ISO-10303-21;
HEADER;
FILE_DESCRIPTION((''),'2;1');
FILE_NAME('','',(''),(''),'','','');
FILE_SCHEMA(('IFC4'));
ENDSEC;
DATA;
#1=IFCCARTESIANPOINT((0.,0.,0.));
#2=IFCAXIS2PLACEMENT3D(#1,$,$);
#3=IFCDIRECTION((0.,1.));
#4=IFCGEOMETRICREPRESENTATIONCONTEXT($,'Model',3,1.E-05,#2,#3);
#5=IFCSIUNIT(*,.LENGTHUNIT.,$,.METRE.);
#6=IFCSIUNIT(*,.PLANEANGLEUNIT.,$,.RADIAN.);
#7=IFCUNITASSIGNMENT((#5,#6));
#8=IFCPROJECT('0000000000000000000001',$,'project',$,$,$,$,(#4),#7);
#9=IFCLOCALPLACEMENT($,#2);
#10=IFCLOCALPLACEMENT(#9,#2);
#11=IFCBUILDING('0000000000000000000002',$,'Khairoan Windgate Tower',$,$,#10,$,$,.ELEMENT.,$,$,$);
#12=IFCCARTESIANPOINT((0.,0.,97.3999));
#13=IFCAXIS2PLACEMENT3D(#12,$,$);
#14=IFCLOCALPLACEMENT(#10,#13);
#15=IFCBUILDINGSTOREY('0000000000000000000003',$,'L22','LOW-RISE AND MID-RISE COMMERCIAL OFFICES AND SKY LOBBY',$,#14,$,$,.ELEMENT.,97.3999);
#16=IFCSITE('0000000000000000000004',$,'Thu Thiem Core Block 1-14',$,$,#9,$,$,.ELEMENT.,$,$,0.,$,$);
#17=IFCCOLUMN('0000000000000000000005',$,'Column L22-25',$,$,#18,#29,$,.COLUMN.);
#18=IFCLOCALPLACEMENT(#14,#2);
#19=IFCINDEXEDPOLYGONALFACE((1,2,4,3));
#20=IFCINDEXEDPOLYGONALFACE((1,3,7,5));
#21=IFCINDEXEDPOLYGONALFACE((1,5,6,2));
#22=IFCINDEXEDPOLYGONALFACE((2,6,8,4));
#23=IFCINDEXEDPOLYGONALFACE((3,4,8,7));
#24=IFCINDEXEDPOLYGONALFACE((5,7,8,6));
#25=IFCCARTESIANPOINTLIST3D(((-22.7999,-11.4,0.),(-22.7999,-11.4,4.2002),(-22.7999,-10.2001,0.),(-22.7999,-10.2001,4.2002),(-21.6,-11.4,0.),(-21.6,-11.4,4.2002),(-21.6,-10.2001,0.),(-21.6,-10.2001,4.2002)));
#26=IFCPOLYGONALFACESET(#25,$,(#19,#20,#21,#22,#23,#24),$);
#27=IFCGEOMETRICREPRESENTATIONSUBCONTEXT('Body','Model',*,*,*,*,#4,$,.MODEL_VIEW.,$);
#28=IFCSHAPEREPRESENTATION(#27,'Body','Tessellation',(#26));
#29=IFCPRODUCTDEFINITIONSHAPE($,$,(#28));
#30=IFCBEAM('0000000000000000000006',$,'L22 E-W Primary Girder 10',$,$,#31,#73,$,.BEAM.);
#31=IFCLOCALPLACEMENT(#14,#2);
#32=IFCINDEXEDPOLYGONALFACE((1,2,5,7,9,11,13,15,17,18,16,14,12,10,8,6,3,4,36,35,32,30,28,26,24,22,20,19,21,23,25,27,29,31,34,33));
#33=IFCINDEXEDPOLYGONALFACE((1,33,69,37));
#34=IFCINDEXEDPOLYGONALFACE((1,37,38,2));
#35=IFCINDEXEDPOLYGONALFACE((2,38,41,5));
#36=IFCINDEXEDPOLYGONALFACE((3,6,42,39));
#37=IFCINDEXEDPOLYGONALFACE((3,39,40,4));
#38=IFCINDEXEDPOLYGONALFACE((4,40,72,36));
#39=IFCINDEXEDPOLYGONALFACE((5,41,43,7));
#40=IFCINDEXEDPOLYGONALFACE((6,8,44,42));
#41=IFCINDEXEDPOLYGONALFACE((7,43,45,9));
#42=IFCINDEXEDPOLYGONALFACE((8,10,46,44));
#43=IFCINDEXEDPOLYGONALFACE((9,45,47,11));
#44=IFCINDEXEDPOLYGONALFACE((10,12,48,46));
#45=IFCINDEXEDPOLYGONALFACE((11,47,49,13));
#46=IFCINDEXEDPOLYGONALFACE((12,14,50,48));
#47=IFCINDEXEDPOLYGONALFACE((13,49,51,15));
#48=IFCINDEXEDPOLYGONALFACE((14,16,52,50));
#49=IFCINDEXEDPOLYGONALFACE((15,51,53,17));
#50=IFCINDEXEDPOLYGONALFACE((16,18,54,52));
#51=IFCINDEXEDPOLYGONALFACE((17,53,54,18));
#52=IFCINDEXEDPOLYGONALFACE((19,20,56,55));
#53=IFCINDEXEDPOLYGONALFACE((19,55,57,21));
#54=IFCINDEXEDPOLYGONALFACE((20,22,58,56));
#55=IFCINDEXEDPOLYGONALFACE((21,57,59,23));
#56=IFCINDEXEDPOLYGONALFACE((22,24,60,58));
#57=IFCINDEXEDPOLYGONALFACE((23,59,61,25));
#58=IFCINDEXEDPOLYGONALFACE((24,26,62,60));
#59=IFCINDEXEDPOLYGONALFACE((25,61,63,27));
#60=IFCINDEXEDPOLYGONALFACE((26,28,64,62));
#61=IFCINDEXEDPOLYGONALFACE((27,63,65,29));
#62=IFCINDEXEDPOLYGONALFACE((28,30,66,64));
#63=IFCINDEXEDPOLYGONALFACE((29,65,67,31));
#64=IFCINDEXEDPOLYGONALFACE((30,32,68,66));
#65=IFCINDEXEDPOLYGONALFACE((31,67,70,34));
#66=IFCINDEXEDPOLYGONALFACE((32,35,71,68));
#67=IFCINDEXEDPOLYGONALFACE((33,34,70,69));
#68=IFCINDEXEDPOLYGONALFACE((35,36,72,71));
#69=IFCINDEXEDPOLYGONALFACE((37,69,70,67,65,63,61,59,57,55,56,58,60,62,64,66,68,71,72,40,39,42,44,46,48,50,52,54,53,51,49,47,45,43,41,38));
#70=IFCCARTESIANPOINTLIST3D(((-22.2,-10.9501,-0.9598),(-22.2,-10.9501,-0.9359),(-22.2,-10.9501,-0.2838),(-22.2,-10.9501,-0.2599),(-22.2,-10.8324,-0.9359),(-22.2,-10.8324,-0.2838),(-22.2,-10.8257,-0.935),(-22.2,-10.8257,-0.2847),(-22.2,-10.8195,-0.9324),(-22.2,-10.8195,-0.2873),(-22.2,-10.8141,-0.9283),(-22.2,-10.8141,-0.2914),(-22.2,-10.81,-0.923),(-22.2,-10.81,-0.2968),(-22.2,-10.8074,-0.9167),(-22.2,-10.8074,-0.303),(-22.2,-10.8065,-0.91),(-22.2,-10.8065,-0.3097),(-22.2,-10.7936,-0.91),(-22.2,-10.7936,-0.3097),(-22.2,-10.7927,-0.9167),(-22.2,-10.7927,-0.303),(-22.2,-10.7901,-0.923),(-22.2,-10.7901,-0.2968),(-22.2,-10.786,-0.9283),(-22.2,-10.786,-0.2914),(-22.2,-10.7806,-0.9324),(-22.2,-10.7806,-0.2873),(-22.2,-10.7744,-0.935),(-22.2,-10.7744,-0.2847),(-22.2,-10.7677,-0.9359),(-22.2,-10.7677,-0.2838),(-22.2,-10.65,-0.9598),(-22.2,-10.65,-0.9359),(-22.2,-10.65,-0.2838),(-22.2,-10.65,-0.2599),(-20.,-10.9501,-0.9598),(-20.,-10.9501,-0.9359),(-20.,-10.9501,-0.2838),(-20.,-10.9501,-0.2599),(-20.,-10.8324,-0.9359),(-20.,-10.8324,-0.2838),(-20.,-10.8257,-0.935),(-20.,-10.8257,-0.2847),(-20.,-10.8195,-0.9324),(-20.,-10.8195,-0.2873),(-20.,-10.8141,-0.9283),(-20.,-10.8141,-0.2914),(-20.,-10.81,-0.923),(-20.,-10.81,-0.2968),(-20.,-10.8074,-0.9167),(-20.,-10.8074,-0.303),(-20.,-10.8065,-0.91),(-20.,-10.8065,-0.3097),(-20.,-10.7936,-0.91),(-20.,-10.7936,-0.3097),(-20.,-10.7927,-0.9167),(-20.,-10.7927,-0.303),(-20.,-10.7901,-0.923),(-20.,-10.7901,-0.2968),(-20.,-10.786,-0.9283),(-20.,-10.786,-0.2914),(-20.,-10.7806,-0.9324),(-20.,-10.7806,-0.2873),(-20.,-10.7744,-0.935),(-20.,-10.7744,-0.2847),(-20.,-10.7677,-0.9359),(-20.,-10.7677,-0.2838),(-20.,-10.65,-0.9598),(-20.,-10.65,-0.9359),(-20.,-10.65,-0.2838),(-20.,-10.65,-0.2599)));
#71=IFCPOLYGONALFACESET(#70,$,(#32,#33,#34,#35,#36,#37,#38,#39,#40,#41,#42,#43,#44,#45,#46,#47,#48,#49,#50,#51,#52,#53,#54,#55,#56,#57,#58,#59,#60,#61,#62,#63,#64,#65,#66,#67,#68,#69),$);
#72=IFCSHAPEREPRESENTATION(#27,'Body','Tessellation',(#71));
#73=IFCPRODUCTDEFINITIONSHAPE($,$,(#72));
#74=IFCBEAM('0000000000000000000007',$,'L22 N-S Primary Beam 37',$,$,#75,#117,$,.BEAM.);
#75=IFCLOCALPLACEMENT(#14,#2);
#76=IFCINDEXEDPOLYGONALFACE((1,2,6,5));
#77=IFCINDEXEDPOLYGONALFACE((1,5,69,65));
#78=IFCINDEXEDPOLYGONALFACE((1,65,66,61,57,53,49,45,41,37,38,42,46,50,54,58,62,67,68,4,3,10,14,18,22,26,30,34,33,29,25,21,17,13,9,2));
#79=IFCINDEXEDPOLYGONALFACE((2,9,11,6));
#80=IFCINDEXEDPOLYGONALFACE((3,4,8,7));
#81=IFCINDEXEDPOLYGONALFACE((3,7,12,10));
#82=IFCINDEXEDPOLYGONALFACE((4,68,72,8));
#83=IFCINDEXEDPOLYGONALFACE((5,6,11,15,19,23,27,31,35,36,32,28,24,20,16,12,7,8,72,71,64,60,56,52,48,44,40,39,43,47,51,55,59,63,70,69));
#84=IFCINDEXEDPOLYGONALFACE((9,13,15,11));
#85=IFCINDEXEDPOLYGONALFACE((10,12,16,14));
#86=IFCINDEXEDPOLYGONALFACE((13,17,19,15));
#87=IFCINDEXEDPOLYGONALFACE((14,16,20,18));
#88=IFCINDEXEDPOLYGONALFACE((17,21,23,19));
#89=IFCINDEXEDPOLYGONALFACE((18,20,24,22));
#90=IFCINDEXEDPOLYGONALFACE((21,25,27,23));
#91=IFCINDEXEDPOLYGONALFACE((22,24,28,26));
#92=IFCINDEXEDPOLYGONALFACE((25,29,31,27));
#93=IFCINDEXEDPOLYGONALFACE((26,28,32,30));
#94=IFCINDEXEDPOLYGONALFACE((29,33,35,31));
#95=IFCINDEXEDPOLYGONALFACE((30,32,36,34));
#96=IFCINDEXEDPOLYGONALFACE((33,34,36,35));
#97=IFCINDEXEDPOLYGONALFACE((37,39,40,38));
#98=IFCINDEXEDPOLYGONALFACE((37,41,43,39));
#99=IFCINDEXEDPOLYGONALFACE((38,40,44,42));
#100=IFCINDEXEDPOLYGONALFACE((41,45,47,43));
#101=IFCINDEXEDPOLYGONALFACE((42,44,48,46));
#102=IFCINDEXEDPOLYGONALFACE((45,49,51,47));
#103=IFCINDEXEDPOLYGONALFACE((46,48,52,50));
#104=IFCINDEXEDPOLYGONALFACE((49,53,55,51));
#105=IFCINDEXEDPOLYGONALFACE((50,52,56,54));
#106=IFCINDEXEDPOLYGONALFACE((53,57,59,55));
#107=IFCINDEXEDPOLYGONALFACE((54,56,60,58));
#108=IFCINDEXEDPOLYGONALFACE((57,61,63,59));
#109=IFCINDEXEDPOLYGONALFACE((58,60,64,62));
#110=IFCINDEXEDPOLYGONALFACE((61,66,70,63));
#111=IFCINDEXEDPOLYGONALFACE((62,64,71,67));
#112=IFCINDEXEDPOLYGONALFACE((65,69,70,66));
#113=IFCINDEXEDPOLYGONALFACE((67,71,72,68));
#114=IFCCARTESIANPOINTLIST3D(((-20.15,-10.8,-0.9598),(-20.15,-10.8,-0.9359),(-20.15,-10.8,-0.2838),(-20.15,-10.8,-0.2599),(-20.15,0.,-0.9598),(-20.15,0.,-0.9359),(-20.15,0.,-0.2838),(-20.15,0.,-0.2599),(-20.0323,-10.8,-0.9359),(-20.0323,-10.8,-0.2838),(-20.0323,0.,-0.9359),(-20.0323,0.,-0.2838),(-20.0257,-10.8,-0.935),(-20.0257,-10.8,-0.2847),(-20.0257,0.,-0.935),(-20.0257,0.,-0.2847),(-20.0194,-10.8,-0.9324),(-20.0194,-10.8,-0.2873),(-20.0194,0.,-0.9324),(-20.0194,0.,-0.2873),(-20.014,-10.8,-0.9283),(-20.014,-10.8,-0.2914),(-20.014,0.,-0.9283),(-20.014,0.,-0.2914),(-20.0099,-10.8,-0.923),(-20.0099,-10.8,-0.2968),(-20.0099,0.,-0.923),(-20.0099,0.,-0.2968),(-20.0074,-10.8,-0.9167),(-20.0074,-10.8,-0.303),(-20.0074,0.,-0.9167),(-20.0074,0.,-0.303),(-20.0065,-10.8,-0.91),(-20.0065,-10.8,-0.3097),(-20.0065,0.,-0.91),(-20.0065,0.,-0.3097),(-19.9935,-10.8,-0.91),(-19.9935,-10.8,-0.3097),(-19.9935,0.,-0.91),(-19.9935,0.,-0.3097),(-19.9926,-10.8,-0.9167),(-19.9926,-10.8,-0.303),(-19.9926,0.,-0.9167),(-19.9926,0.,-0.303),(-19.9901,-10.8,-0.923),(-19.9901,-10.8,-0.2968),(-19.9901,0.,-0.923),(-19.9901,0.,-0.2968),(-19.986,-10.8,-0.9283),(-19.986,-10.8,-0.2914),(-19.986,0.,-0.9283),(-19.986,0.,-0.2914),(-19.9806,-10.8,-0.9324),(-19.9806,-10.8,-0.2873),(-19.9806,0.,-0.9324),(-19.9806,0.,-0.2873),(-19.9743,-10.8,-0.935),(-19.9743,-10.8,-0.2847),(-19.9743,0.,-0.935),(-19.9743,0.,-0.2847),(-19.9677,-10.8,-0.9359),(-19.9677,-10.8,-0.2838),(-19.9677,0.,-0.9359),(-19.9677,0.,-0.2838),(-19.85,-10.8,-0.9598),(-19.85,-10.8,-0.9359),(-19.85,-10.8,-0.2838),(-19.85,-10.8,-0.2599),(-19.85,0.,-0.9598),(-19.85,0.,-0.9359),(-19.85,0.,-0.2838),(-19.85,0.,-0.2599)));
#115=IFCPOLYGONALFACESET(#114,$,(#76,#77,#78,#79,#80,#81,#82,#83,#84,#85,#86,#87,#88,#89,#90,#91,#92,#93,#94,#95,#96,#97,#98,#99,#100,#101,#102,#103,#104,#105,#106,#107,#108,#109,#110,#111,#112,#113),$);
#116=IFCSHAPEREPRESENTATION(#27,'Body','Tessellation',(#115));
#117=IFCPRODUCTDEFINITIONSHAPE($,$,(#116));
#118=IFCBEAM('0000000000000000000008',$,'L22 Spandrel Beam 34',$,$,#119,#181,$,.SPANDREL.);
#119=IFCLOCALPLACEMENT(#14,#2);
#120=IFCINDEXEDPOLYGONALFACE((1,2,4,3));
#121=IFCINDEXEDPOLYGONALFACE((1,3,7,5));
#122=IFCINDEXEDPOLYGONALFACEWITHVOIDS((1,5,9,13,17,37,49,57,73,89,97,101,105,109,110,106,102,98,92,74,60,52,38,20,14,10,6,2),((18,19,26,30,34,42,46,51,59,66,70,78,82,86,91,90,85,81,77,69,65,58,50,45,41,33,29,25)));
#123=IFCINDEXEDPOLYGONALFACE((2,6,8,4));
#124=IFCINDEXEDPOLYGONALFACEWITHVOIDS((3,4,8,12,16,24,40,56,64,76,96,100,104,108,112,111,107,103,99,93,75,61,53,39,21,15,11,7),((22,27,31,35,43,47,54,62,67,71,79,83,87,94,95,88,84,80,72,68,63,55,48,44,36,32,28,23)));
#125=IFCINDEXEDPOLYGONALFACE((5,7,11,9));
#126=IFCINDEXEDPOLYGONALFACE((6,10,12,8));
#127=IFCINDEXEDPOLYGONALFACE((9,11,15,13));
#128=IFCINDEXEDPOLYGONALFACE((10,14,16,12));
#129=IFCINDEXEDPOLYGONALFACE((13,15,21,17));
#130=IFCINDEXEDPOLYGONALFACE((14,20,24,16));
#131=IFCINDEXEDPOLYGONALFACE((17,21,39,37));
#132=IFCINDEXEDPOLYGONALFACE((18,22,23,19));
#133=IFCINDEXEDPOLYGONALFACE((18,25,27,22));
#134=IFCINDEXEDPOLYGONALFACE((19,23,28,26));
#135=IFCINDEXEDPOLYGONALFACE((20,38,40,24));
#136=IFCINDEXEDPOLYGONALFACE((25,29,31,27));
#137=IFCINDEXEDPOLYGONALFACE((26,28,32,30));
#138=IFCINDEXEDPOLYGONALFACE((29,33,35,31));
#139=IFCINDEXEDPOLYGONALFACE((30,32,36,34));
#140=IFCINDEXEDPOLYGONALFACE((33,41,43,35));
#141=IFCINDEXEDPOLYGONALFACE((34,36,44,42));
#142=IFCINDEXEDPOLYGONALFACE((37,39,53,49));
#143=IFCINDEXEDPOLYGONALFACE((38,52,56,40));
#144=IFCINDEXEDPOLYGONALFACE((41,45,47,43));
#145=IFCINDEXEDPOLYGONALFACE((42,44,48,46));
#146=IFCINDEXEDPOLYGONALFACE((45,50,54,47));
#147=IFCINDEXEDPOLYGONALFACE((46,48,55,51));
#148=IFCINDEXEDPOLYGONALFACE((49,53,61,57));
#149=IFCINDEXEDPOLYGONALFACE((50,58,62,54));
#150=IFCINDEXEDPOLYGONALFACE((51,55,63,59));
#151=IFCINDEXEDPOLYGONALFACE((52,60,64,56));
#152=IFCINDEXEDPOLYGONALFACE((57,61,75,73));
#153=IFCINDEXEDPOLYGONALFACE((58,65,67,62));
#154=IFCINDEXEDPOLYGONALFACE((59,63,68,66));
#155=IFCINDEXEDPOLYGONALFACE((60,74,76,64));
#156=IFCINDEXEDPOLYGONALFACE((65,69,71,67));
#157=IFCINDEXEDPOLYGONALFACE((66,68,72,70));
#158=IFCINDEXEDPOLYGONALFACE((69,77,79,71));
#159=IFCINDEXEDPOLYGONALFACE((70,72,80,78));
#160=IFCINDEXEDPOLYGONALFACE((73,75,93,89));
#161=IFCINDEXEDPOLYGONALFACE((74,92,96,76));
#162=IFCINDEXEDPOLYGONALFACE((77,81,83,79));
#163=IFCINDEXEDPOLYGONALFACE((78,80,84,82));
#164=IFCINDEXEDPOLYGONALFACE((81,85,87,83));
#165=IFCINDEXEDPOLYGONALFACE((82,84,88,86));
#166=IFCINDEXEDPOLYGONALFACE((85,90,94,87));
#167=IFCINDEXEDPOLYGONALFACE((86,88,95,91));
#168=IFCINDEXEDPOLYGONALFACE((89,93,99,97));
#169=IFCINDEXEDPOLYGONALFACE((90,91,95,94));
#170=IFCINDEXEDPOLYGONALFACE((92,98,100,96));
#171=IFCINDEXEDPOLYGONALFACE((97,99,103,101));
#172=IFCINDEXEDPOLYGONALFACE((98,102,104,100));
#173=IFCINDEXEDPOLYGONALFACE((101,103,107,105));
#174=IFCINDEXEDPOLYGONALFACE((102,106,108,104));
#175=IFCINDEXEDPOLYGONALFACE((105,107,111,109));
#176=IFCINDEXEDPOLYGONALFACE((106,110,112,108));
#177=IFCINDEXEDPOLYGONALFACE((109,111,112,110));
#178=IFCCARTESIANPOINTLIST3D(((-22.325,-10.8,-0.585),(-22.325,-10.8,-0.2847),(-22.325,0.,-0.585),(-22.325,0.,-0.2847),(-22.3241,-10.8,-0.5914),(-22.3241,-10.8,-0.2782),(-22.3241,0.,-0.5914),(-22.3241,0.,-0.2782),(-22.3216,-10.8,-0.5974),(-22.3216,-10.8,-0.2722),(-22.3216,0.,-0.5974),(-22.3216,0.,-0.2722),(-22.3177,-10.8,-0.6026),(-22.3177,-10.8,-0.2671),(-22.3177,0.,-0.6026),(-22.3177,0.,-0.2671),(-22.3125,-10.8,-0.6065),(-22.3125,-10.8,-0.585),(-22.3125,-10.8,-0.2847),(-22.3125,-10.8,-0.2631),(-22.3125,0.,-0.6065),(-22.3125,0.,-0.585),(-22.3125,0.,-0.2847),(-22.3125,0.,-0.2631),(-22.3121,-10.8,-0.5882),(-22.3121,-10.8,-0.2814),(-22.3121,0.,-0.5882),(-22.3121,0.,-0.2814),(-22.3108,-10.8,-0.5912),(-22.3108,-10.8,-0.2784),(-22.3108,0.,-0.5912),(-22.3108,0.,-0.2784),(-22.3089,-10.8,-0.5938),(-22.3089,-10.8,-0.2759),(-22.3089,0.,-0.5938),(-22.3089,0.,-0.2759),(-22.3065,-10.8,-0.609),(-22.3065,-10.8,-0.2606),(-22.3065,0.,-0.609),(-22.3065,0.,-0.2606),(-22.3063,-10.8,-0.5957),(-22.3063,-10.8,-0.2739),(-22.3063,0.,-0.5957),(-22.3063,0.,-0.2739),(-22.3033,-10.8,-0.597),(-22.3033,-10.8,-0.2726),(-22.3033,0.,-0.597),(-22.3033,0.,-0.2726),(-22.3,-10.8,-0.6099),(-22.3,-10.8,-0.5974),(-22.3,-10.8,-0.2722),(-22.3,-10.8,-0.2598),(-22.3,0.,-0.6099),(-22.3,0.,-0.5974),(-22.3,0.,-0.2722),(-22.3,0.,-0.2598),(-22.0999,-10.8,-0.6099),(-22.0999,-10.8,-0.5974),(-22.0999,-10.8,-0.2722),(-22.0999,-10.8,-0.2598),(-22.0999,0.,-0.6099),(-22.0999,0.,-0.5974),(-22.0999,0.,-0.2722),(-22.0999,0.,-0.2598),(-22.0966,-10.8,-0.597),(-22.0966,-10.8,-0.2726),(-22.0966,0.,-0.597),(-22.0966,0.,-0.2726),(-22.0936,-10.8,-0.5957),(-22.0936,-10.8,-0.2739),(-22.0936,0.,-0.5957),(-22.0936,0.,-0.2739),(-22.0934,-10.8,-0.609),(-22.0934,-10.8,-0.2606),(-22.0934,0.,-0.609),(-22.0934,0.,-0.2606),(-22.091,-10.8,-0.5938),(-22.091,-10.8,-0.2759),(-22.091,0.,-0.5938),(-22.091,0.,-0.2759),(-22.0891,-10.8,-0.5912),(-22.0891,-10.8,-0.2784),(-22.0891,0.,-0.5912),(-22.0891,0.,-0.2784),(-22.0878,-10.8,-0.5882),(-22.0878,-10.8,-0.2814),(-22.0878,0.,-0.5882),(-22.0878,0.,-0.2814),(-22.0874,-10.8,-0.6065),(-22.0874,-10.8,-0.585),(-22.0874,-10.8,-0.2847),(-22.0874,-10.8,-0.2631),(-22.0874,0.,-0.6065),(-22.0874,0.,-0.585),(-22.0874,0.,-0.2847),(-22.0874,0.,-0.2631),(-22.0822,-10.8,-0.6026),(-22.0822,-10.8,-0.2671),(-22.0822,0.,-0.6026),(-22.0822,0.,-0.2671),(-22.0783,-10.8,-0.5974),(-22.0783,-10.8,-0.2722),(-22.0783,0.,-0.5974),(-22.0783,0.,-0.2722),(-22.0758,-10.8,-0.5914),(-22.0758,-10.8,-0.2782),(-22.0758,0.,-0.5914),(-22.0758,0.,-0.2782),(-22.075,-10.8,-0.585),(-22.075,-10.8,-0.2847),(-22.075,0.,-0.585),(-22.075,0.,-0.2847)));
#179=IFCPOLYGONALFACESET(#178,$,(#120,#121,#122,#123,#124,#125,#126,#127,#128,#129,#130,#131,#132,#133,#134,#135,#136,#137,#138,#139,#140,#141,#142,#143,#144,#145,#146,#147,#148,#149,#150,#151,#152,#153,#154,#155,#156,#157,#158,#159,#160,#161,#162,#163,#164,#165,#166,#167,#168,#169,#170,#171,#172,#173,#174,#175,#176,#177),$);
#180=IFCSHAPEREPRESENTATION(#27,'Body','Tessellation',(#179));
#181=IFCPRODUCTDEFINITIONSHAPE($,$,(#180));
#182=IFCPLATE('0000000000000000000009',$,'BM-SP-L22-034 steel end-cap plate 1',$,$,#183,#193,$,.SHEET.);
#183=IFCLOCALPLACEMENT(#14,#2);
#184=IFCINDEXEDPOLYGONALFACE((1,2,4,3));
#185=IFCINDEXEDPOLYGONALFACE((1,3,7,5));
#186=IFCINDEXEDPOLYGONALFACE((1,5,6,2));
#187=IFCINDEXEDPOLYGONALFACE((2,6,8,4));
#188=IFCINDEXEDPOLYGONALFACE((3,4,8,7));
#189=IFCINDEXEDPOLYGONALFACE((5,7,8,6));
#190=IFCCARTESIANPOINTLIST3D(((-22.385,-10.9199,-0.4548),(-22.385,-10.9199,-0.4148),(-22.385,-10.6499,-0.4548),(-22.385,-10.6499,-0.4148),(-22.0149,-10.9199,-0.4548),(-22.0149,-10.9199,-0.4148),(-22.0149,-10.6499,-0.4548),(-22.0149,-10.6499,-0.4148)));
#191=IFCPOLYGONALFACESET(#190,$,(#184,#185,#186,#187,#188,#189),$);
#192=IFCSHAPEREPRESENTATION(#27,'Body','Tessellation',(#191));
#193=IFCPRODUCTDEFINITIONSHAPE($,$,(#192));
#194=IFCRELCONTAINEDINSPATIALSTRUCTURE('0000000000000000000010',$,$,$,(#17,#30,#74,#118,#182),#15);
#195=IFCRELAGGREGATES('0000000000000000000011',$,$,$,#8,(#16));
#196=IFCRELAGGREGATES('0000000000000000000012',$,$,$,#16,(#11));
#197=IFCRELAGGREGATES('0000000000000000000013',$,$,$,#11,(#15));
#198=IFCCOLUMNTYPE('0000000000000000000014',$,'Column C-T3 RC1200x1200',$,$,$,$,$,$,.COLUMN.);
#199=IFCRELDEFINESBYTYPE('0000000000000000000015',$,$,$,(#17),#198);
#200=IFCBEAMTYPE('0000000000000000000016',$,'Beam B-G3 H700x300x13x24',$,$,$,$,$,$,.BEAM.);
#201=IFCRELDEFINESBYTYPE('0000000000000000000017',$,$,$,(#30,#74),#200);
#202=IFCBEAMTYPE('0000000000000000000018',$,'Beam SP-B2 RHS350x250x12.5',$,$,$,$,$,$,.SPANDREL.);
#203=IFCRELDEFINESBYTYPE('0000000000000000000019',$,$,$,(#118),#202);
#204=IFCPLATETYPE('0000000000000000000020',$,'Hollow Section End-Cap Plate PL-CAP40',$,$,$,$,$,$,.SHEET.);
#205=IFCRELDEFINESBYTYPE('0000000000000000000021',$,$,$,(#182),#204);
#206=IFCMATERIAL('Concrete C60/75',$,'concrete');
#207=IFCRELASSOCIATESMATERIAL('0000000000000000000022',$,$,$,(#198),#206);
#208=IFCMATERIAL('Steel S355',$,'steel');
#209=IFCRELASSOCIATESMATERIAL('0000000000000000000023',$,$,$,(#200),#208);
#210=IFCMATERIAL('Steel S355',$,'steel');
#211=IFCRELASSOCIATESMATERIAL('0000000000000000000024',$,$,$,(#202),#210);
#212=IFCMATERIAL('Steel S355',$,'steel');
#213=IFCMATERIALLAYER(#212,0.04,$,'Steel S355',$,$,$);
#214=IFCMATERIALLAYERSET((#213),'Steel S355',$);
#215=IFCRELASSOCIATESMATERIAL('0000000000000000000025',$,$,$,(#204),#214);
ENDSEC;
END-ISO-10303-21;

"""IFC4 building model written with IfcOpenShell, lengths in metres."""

from ifc_helpers import new_model, si_unit, direction, frame, origin, origin_2d, place, context, subcontext, project, spatial, rectangle, hollow_rectangle, i_section, extrude, material, layer, layer_set, material_profile, profile_set, type_object, element, save


model = new_model("IFC4")

# Units and contexts
model_context = context("Model", 3, precision=1e-05, world=origin(), true_north=direction((0.0, 1.0)))
body_context = subcontext(model_context, "Body", "Model", "MODEL_VIEW")
ifc_project = project(units=[si_unit("LENGTHUNIT", "METRE"), si_unit("PLANEANGLEUNIT", "RADIAN")], contexts=[model_context])

# Site, building, storey
site_placement = place(None, origin())
site = spatial("IfcSite", under=ifc_project, at=site_placement, Name="Thu Thiem Core Block 1-14", CompositionType="ELEMENT", RefElevation=0.0)
building_placement = place(site_placement, origin())
building = spatial("IfcBuilding", under=site, at=building_placement, Name="Khairoan Windgate Tower", CompositionType="ELEMENT")
storey_placement = place(building_placement, frame((0.0, 0.0, 97.3999)))
storey = spatial("IfcBuildingStorey", under=building, at=storey_placement, Name="L22", Description="LOW-RISE AND MID-RISE COMMERCIAL OFFICES AND SKY LOBBY", CompositionType="ELEMENT", Elevation=97.3999)

# Column
ifc_material_1 = material(Name="Concrete C60/75", Category="concrete")
ifc_material_profile_1 = material_profile(ifc_material_1, rectangle(XDim=1.2, YDim=1.2, at=origin_2d()))
ifc_profile_set_1 = profile_set([ifc_material_profile_1], Name="Concrete C60/75")
column_type = type_object("IfcColumnType", Name="Column C-T3 RC1200x1200", PredefinedType="COLUMN", material=ifc_profile_set_1)
column_placement = place(storey_placement, frame((-22.2, -10.8, 0.0), z_axis=(0.0, 0.0, 1.0), x_axis=(1.0, 0.0, 0.0)))
element("IfcColumn", 1, at=column_placement, inside=storey, type_object=column_type, Name="Column L22-25", PredefinedType="COLUMN", context=body_context, shape_type="SweptSolid", body=[
    extrude(rectangle(XDim=1.2, YDim=1.2, at=origin_2d()), origin(), (0.0, 0.0, 1.0), 4.2002),
])

# Beams
ifc_material_2 = material(Name="Steel S355", Category="steel")
ifc_material_profile_2 = material_profile(ifc_material_2, i_section(OverallWidth=0.3, OverallDepth=0.7, WebThickness=0.0129, FlangeThickness=0.0239, FilletRadius=0.0259, at=origin_2d()))
ifc_profile_set_2 = profile_set([ifc_material_profile_2], Name="Steel S355")
beam_type_1 = type_object("IfcBeamType", Name="Beam B-G3 H700x300x13x24", PredefinedType="BEAM", material=ifc_profile_set_2)
beam_1_placement = place(storey_placement, frame((-22.2, -10.8, -0.6099), z_axis=(1.0, 0.0, 0.0), x_axis=(0.0, 1.0, 0.0)))
element("IfcBeam", 2, at=beam_1_placement, inside=storey, type_object=beam_type_1, Name="L22 E-W Primary Girder 10", PredefinedType="BEAM", context=body_context, shape_type="SweptSolid", body=[
    extrude(i_section(OverallWidth=0.3, OverallDepth=0.7, WebThickness=0.0129, FlangeThickness=0.0239, FilletRadius=0.0259, at=origin_2d()), origin(), (0.0, 0.0, 1.0), 2.2),
])
beam_2_placement = place(storey_placement, frame((-20.0, -10.8, -0.6099), z_axis=(0.0, 1.0, 0.0), x_axis=(-1.0, 0.0, 0.0)))
element("IfcBeam", 3, at=beam_2_placement, inside=storey, type_object=beam_type_1, Name="L22 N-S Primary Beam 37", PredefinedType="BEAM", context=body_context, shape_type="SweptSolid", body=[
    extrude(i_section(OverallWidth=0.3, OverallDepth=0.7, WebThickness=0.0129, FlangeThickness=0.0239, FilletRadius=0.0259, at=origin_2d()), origin(), (0.0, 0.0, 1.0), 10.8),
])
ifc_material_3 = material(Name="Steel S355", Category="steel")
ifc_material_profile_3 = material_profile(ifc_material_3, hollow_rectangle(XDim=0.25, YDim=0.3501, WallThickness=0.0125, InnerFilletRadius=0.0125, OuterFilletRadius=0.0249, at=origin_2d()))
ifc_profile_set_3 = profile_set([ifc_material_profile_3], Name="Steel S355")
beam_type_2 = type_object("IfcBeamType", Name="Beam SP-B2 RHS350x250x12.5", PredefinedType="SPANDREL", material=ifc_profile_set_3)
beam_3_placement = place(storey_placement, frame((-22.2, -10.8, -0.4348), z_axis=(0.0, 1.0, 0.0), x_axis=(-1.0, 0.0, 0.0)))
element("IfcBeam", 4, at=beam_3_placement, inside=storey, type_object=beam_type_2, Name="L22 Spandrel Beam 34", PredefinedType="SPANDREL", context=body_context, shape_type="SweptSolid", body=[
    extrude(hollow_rectangle(XDim=0.25, YDim=0.3501, WallThickness=0.0125, InnerFilletRadius=0.0125, OuterFilletRadius=0.0249, at=origin_2d()), origin(), (0.0, 0.0, 1.0), 10.8),
])

# Plate
ifc_material_4 = material(Name="Steel S355", Category="steel")
ifc_layer_1 = layer(ifc_material_4, 0.04, Name="Steel S355")
ifc_layer_set_1 = layer_set([ifc_layer_1], Name="Steel S355")
plate_type_1 = type_object("IfcPlateType", Name="Hollow Section End-Cap Plate PL-CAP40", PredefinedType="SHEET", material=ifc_layer_set_1)
plate_1_placement = place(storey_placement, frame((-22.2, -10.7849, -0.4548), z_axis=(0.0, 0.0, 1.0), x_axis=(0.0, 1.0, 0.0)))
element("IfcPlate", 5, at=plate_1_placement, inside=storey, type_object=plate_type_1, Name="BM-SP-L22-034 steel end-cap plate 1", PredefinedType="SHEET", context=body_context, shape_type="SweptSolid", body=[
    extrude(rectangle(XDim=0.27, YDim=0.3701, at=origin_2d()), origin(), (0.0, 0.0, 1.0), 0.04),
])

save(model, "model.ifc")
